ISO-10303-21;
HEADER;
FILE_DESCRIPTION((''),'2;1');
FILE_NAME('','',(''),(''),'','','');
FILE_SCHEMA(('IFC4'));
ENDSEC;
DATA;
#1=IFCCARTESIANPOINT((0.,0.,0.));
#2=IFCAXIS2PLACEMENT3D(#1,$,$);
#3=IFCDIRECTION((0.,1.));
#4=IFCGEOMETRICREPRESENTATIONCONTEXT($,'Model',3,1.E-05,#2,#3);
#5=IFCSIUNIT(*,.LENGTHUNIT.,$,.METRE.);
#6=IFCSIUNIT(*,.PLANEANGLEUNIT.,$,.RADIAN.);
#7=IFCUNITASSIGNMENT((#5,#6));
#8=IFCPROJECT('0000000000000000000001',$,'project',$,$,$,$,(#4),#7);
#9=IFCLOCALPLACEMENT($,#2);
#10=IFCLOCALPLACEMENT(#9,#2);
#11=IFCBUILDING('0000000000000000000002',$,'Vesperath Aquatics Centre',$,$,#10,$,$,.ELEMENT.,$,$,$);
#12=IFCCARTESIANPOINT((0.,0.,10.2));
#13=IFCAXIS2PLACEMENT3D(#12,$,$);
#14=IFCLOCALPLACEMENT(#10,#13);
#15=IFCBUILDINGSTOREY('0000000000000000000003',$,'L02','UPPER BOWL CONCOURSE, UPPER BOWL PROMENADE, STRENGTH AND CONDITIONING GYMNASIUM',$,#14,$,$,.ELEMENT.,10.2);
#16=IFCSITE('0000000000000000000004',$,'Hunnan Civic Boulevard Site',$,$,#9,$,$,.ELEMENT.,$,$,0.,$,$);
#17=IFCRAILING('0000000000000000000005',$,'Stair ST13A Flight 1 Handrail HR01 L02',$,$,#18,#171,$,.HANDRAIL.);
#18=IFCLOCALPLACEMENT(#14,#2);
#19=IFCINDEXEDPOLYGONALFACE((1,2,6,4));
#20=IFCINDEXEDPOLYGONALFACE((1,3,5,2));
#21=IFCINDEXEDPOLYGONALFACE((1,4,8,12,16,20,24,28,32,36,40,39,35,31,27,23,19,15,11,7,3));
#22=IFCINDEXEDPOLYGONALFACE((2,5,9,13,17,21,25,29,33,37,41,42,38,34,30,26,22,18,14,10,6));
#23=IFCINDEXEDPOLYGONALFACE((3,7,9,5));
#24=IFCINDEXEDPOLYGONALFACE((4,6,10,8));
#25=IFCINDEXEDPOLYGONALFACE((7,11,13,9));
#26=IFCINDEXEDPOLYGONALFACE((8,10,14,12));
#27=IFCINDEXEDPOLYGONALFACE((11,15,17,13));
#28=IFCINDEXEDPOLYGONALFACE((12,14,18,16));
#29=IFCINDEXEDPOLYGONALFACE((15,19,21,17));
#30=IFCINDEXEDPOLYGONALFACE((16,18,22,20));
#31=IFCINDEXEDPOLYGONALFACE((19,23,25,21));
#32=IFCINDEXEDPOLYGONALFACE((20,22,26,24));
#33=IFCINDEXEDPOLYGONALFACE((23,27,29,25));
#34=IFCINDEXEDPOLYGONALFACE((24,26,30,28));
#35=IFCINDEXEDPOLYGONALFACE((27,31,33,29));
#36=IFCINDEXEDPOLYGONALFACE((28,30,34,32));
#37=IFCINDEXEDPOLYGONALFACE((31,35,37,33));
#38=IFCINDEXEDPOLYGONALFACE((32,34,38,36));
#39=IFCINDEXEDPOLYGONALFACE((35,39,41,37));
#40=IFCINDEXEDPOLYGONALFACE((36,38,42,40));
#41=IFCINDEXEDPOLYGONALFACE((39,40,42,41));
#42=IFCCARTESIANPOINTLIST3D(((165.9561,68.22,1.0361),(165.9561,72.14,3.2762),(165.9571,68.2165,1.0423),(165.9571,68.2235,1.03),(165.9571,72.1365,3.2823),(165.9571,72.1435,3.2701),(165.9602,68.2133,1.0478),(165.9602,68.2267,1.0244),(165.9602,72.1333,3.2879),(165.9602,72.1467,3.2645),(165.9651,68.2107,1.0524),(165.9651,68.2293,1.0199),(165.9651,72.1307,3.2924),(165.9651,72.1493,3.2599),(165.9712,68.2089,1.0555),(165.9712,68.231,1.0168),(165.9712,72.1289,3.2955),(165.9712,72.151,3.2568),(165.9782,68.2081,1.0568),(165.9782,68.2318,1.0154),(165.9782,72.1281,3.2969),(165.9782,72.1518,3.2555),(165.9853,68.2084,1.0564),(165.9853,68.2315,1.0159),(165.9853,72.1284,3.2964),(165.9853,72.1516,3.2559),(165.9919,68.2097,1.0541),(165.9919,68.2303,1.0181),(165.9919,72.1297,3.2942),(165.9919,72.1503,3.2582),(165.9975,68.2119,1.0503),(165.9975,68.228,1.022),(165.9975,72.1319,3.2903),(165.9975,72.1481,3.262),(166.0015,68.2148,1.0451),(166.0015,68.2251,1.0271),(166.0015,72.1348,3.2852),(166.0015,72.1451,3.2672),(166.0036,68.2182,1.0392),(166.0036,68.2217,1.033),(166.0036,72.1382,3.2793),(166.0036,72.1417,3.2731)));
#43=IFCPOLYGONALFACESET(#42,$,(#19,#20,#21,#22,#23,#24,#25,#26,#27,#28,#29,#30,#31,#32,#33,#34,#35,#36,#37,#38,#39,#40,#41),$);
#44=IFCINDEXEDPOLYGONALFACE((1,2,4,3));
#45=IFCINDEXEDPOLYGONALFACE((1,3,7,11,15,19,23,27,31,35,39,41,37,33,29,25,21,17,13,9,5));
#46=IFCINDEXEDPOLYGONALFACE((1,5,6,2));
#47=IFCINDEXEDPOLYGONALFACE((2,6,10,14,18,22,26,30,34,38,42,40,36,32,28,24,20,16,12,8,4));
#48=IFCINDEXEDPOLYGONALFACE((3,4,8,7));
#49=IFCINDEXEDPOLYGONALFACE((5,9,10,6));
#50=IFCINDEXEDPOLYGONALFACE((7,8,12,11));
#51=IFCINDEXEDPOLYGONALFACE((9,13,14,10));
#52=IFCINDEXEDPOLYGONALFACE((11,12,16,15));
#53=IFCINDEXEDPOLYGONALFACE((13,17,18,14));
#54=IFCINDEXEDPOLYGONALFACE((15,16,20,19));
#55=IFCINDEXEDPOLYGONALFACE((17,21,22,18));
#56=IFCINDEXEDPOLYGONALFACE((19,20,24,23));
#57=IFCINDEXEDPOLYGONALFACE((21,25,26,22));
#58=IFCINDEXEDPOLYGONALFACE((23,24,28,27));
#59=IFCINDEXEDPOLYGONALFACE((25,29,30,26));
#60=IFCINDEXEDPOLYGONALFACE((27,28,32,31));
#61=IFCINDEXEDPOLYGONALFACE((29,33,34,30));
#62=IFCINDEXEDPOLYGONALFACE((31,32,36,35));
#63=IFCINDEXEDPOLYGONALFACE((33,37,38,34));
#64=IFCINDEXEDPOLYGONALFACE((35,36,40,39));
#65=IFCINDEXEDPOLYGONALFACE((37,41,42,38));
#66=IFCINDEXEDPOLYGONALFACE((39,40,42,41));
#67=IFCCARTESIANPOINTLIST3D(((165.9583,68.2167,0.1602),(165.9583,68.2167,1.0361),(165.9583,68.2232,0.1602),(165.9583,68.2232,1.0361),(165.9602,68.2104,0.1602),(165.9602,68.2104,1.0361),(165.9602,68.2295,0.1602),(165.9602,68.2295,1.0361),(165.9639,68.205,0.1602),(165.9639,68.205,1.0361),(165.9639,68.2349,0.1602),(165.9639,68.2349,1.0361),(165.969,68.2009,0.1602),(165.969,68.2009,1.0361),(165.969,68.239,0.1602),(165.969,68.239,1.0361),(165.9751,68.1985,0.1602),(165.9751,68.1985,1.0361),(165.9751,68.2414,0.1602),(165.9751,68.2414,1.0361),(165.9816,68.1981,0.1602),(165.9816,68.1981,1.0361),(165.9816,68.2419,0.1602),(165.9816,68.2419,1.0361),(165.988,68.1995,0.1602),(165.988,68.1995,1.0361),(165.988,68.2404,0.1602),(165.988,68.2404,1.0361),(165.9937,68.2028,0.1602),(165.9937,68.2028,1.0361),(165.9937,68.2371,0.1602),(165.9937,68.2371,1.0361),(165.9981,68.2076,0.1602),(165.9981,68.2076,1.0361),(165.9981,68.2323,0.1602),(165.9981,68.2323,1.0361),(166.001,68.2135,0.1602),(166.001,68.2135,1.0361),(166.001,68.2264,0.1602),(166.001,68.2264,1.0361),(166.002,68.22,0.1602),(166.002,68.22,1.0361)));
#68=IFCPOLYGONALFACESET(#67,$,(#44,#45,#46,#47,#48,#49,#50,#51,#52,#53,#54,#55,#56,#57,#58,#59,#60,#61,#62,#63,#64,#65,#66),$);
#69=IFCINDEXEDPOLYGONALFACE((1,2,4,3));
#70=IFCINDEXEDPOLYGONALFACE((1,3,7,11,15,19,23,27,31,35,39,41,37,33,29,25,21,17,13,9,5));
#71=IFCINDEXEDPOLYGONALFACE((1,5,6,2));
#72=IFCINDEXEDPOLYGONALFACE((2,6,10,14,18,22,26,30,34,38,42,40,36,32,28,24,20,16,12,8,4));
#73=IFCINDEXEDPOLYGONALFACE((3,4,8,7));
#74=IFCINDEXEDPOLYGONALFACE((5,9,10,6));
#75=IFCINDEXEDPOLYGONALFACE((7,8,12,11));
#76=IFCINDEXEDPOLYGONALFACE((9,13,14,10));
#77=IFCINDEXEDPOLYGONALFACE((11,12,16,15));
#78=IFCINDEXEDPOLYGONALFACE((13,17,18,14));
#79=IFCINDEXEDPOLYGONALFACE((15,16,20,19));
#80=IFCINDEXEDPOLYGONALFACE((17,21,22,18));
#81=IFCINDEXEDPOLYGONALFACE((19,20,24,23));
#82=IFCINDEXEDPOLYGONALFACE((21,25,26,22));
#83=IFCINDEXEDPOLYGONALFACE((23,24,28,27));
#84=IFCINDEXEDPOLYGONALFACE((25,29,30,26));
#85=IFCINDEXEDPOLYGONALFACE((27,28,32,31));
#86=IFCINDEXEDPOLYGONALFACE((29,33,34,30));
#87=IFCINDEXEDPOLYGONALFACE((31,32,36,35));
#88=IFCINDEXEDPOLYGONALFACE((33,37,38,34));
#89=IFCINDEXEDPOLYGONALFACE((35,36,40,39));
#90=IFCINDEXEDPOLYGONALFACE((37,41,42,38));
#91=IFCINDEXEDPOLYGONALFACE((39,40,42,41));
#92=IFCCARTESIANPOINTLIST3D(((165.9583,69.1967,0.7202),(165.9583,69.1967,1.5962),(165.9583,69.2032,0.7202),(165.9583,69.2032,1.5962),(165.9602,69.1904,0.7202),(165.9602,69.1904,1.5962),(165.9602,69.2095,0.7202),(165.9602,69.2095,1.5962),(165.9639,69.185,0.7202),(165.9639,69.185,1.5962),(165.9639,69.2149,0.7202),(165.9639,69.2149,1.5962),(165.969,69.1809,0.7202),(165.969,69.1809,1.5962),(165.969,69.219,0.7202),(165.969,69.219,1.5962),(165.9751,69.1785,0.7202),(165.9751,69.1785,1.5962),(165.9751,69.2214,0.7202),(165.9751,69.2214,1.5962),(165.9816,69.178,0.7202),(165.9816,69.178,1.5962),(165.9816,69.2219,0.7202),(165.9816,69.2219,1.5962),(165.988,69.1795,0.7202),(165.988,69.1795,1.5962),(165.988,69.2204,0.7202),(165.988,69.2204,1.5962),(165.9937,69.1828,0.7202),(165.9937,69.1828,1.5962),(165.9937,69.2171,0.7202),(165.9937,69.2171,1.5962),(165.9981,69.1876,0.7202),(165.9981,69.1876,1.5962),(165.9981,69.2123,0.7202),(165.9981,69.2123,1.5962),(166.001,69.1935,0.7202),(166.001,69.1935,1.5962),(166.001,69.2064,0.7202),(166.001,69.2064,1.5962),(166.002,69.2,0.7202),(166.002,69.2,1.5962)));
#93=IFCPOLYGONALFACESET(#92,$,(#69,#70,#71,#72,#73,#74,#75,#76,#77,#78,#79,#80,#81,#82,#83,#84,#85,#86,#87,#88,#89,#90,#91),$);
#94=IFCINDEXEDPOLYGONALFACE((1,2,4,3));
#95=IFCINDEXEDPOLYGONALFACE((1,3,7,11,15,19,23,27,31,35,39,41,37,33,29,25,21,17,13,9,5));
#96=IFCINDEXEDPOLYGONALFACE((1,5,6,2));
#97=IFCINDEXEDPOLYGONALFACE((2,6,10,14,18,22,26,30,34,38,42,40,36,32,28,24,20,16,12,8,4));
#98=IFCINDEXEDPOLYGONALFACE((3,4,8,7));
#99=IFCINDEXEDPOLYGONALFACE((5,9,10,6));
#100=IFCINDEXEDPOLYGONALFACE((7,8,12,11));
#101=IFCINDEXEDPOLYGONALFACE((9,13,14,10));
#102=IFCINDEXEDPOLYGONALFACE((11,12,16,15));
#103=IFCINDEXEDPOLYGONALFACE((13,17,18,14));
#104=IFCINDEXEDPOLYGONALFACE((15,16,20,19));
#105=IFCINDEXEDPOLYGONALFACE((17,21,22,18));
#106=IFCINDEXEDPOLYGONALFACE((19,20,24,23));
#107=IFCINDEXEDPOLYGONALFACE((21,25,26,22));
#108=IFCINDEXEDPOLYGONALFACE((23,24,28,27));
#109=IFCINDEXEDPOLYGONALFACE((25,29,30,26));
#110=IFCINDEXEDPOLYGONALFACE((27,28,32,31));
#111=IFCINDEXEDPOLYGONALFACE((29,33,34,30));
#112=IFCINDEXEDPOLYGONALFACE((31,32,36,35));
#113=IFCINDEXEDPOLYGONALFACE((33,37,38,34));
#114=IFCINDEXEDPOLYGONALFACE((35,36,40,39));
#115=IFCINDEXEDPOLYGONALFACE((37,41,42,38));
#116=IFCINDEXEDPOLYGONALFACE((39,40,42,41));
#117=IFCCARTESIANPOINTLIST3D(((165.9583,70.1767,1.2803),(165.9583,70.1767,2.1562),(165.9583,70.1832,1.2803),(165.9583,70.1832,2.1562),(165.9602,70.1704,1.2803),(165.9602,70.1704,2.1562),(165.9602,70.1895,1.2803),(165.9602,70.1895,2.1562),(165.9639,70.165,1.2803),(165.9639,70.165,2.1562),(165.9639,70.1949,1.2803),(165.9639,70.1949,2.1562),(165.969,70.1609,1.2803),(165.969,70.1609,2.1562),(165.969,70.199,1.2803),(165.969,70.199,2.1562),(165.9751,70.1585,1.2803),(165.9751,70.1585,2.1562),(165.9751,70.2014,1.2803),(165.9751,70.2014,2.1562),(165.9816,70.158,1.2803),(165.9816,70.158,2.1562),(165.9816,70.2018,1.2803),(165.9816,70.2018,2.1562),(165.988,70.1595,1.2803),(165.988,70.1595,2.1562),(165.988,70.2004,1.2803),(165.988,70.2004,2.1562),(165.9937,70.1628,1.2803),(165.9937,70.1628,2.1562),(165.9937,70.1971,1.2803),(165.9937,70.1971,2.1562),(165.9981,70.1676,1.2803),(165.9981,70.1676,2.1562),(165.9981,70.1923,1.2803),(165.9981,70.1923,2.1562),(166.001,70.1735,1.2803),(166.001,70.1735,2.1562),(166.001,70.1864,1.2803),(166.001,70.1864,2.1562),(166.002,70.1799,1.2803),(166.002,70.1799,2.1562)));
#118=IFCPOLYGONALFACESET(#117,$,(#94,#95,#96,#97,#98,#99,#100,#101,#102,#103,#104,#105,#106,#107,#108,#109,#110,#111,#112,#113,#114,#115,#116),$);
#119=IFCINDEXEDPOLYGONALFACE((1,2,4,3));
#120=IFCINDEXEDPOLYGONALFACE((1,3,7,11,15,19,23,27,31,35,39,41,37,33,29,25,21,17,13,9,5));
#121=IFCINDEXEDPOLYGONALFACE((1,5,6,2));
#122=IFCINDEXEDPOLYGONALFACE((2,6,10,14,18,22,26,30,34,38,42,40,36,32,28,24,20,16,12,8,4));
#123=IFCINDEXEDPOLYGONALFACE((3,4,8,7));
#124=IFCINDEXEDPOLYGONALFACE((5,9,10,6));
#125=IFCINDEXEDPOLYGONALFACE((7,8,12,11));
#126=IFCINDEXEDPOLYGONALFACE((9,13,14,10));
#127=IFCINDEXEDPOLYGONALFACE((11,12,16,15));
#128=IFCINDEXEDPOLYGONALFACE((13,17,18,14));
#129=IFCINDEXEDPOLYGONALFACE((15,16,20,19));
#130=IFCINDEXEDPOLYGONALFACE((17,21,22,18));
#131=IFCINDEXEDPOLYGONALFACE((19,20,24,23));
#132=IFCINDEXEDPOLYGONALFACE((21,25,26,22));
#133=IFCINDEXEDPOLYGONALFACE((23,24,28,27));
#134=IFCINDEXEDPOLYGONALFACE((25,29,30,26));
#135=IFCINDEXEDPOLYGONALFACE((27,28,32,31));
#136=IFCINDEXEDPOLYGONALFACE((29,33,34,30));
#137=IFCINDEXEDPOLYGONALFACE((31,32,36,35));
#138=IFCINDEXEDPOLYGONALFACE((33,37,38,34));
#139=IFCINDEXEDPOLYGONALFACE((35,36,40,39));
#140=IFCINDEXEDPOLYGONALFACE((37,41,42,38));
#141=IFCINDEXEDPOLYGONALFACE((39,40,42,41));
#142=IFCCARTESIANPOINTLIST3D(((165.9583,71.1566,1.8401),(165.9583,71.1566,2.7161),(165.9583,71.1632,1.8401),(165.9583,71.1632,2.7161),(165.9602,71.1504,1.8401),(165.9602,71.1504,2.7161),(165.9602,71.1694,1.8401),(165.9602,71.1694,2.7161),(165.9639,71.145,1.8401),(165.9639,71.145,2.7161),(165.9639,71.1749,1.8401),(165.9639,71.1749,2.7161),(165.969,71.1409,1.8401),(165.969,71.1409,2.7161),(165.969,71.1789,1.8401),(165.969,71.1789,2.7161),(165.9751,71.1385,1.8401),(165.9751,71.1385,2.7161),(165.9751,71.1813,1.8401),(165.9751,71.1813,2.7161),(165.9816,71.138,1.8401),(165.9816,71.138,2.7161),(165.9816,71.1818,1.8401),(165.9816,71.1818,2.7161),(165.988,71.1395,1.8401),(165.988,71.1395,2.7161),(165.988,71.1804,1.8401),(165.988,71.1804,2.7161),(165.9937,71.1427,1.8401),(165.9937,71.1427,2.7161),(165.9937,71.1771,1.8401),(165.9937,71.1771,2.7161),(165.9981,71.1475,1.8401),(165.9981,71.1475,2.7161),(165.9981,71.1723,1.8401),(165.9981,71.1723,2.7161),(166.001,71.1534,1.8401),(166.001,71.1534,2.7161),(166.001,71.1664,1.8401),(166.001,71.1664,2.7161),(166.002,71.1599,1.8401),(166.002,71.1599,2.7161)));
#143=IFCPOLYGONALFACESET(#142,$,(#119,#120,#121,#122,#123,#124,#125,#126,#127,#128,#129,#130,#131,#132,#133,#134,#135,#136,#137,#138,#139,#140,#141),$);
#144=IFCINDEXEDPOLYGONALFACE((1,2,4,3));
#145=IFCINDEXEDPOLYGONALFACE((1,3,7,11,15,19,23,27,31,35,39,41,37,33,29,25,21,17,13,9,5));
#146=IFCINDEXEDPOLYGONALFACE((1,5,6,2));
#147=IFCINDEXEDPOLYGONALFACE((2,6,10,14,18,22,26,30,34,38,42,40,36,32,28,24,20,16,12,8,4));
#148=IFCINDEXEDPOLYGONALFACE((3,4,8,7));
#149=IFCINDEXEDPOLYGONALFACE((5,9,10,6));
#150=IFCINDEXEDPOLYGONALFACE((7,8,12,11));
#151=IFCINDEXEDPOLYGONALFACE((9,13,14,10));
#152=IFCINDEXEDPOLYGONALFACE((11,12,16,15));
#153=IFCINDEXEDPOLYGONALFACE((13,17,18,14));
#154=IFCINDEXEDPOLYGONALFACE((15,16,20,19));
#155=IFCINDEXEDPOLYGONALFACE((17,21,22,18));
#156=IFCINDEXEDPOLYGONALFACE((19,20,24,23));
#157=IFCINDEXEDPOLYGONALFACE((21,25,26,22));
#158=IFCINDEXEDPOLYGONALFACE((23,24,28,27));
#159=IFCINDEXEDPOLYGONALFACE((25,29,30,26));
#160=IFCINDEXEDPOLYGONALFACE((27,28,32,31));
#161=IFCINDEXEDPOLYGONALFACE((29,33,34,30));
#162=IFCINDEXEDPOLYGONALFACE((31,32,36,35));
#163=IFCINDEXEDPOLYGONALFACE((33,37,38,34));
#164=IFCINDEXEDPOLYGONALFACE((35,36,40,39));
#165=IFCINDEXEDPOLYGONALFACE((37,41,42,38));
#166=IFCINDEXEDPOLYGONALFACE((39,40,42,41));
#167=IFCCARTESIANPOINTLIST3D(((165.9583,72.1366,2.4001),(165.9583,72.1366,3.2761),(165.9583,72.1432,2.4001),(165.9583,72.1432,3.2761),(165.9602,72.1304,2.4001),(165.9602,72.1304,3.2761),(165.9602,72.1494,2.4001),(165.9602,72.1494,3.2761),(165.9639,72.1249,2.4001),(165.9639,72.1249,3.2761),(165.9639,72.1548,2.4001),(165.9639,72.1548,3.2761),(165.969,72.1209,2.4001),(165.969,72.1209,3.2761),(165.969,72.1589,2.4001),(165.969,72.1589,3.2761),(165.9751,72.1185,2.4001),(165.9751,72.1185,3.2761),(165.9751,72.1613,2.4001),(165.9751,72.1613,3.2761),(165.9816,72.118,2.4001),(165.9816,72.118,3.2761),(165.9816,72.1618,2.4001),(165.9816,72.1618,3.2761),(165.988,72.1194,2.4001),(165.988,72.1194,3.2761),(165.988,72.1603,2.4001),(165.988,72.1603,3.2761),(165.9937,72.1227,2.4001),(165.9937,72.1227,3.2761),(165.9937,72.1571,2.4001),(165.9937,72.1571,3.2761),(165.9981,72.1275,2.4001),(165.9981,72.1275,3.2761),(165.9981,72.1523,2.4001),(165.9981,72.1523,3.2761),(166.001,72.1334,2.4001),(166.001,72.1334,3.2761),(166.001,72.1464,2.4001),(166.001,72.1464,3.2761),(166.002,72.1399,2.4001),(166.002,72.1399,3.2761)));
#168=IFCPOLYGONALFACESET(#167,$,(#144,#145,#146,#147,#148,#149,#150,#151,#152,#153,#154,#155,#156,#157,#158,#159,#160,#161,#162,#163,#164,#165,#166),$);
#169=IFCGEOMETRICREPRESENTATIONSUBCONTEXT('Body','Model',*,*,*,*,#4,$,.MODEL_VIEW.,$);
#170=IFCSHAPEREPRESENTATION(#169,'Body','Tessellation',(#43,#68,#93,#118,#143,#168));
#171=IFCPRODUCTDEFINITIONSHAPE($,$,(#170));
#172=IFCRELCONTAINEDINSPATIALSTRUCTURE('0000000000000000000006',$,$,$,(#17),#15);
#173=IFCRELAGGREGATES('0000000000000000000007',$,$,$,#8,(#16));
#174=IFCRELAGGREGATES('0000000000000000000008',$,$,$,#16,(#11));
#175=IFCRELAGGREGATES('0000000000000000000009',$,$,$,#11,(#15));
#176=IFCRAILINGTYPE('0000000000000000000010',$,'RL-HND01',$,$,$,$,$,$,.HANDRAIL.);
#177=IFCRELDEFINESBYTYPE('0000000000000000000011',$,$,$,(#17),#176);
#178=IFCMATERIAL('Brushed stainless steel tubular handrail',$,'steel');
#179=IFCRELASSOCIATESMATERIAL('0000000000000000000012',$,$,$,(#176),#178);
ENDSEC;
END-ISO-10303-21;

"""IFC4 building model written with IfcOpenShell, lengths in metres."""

from ifc_helpers import new_model, si_unit, direction, frame, origin, origin_2d, place, context, subcontext, project, spatial, circle, extrude, material, type_object, element, save


model = new_model("IFC4")

# Units and contexts
model_context = context("Model", 3, precision=1e-05, world=origin(), true_north=direction((0.0, 1.0)))
body_context = subcontext(model_context, "Body", "Model", "MODEL_VIEW")
ifc_project = project(units=[si_unit("LENGTHUNIT", "METRE"), si_unit("PLANEANGLEUNIT", "RADIAN")], contexts=[model_context])

# Site, building, storey
site_placement = place(None, origin())
site = spatial("IfcSite", under=ifc_project, at=site_placement, Name="Hunnan Civic Boulevard Site", CompositionType="ELEMENT", RefElevation=0.0)
building_placement = place(site_placement, origin())
building = spatial("IfcBuilding", under=site, at=building_placement, Name="Vesperath Aquatics Centre", CompositionType="ELEMENT")
storey_placement = place(building_placement, frame((0.0, 0.0, 10.2)))
storey = spatial("IfcBuildingStorey", under=building, at=storey_placement, Name="L02", Description="UPPER BOWL CONCOURSE, UPPER BOWL PROMENADE, STRENGTH AND CONDITIONING GYMNASIUM", CompositionType="ELEMENT", Elevation=10.2)

# Railing
ifc_material_1 = material(Name="Brushed stainless steel tubular handrail", Category="steel")
railing_type_1 = type_object("IfcRailingType", Name="RL-HND01", PredefinedType="HANDRAIL", material=ifc_material_1)
railing_1_placement = place(storey_placement, frame((165.98, 68.22, 0.1602)))
element("IfcRailing", 1, at=railing_1_placement, inside=storey, type_object=railing_type_1, Name="Stair ST13A Flight 1 Handrail HR01 L02", PredefinedType="HANDRAIL", context=body_context, shape_type="SweptSolid", body=[
    extrude(circle(Radius=0.0239, at=origin_2d()), frame((0.0, 0.0, 0.876), z_axis=(0.0, 0.86824, 0.496145), x_axis=(-1.0, 0.0, 0.0)), (0.0, 0.0, 1.0), 4.5149),
    extrude(circle(Radius=0.022, at=origin_2d()), origin(), (0.0, 0.0, 1.0), 0.876),
    extrude(circle(Radius=0.022, at=origin_2d()), frame((0.0, 0.98, 0.5601)), (0.0, 0.0, 1.0), 0.876),
    extrude(circle(Radius=0.022, at=origin_2d()), frame((0.0, 1.96, 1.1201)), (0.0, 0.0, 1.0), 0.876),
    extrude(circle(Radius=0.022, at=origin_2d()), frame((0.0, 2.9399, 1.6799)), (0.0, 0.0, 1.0), 0.876),
    extrude(circle(Radius=0.022, at=origin_2d()), frame((0.0, 3.9199, 2.24)), (0.0, 0.0, 1.0), 0.876),
])

save(model, "model.ifc")
